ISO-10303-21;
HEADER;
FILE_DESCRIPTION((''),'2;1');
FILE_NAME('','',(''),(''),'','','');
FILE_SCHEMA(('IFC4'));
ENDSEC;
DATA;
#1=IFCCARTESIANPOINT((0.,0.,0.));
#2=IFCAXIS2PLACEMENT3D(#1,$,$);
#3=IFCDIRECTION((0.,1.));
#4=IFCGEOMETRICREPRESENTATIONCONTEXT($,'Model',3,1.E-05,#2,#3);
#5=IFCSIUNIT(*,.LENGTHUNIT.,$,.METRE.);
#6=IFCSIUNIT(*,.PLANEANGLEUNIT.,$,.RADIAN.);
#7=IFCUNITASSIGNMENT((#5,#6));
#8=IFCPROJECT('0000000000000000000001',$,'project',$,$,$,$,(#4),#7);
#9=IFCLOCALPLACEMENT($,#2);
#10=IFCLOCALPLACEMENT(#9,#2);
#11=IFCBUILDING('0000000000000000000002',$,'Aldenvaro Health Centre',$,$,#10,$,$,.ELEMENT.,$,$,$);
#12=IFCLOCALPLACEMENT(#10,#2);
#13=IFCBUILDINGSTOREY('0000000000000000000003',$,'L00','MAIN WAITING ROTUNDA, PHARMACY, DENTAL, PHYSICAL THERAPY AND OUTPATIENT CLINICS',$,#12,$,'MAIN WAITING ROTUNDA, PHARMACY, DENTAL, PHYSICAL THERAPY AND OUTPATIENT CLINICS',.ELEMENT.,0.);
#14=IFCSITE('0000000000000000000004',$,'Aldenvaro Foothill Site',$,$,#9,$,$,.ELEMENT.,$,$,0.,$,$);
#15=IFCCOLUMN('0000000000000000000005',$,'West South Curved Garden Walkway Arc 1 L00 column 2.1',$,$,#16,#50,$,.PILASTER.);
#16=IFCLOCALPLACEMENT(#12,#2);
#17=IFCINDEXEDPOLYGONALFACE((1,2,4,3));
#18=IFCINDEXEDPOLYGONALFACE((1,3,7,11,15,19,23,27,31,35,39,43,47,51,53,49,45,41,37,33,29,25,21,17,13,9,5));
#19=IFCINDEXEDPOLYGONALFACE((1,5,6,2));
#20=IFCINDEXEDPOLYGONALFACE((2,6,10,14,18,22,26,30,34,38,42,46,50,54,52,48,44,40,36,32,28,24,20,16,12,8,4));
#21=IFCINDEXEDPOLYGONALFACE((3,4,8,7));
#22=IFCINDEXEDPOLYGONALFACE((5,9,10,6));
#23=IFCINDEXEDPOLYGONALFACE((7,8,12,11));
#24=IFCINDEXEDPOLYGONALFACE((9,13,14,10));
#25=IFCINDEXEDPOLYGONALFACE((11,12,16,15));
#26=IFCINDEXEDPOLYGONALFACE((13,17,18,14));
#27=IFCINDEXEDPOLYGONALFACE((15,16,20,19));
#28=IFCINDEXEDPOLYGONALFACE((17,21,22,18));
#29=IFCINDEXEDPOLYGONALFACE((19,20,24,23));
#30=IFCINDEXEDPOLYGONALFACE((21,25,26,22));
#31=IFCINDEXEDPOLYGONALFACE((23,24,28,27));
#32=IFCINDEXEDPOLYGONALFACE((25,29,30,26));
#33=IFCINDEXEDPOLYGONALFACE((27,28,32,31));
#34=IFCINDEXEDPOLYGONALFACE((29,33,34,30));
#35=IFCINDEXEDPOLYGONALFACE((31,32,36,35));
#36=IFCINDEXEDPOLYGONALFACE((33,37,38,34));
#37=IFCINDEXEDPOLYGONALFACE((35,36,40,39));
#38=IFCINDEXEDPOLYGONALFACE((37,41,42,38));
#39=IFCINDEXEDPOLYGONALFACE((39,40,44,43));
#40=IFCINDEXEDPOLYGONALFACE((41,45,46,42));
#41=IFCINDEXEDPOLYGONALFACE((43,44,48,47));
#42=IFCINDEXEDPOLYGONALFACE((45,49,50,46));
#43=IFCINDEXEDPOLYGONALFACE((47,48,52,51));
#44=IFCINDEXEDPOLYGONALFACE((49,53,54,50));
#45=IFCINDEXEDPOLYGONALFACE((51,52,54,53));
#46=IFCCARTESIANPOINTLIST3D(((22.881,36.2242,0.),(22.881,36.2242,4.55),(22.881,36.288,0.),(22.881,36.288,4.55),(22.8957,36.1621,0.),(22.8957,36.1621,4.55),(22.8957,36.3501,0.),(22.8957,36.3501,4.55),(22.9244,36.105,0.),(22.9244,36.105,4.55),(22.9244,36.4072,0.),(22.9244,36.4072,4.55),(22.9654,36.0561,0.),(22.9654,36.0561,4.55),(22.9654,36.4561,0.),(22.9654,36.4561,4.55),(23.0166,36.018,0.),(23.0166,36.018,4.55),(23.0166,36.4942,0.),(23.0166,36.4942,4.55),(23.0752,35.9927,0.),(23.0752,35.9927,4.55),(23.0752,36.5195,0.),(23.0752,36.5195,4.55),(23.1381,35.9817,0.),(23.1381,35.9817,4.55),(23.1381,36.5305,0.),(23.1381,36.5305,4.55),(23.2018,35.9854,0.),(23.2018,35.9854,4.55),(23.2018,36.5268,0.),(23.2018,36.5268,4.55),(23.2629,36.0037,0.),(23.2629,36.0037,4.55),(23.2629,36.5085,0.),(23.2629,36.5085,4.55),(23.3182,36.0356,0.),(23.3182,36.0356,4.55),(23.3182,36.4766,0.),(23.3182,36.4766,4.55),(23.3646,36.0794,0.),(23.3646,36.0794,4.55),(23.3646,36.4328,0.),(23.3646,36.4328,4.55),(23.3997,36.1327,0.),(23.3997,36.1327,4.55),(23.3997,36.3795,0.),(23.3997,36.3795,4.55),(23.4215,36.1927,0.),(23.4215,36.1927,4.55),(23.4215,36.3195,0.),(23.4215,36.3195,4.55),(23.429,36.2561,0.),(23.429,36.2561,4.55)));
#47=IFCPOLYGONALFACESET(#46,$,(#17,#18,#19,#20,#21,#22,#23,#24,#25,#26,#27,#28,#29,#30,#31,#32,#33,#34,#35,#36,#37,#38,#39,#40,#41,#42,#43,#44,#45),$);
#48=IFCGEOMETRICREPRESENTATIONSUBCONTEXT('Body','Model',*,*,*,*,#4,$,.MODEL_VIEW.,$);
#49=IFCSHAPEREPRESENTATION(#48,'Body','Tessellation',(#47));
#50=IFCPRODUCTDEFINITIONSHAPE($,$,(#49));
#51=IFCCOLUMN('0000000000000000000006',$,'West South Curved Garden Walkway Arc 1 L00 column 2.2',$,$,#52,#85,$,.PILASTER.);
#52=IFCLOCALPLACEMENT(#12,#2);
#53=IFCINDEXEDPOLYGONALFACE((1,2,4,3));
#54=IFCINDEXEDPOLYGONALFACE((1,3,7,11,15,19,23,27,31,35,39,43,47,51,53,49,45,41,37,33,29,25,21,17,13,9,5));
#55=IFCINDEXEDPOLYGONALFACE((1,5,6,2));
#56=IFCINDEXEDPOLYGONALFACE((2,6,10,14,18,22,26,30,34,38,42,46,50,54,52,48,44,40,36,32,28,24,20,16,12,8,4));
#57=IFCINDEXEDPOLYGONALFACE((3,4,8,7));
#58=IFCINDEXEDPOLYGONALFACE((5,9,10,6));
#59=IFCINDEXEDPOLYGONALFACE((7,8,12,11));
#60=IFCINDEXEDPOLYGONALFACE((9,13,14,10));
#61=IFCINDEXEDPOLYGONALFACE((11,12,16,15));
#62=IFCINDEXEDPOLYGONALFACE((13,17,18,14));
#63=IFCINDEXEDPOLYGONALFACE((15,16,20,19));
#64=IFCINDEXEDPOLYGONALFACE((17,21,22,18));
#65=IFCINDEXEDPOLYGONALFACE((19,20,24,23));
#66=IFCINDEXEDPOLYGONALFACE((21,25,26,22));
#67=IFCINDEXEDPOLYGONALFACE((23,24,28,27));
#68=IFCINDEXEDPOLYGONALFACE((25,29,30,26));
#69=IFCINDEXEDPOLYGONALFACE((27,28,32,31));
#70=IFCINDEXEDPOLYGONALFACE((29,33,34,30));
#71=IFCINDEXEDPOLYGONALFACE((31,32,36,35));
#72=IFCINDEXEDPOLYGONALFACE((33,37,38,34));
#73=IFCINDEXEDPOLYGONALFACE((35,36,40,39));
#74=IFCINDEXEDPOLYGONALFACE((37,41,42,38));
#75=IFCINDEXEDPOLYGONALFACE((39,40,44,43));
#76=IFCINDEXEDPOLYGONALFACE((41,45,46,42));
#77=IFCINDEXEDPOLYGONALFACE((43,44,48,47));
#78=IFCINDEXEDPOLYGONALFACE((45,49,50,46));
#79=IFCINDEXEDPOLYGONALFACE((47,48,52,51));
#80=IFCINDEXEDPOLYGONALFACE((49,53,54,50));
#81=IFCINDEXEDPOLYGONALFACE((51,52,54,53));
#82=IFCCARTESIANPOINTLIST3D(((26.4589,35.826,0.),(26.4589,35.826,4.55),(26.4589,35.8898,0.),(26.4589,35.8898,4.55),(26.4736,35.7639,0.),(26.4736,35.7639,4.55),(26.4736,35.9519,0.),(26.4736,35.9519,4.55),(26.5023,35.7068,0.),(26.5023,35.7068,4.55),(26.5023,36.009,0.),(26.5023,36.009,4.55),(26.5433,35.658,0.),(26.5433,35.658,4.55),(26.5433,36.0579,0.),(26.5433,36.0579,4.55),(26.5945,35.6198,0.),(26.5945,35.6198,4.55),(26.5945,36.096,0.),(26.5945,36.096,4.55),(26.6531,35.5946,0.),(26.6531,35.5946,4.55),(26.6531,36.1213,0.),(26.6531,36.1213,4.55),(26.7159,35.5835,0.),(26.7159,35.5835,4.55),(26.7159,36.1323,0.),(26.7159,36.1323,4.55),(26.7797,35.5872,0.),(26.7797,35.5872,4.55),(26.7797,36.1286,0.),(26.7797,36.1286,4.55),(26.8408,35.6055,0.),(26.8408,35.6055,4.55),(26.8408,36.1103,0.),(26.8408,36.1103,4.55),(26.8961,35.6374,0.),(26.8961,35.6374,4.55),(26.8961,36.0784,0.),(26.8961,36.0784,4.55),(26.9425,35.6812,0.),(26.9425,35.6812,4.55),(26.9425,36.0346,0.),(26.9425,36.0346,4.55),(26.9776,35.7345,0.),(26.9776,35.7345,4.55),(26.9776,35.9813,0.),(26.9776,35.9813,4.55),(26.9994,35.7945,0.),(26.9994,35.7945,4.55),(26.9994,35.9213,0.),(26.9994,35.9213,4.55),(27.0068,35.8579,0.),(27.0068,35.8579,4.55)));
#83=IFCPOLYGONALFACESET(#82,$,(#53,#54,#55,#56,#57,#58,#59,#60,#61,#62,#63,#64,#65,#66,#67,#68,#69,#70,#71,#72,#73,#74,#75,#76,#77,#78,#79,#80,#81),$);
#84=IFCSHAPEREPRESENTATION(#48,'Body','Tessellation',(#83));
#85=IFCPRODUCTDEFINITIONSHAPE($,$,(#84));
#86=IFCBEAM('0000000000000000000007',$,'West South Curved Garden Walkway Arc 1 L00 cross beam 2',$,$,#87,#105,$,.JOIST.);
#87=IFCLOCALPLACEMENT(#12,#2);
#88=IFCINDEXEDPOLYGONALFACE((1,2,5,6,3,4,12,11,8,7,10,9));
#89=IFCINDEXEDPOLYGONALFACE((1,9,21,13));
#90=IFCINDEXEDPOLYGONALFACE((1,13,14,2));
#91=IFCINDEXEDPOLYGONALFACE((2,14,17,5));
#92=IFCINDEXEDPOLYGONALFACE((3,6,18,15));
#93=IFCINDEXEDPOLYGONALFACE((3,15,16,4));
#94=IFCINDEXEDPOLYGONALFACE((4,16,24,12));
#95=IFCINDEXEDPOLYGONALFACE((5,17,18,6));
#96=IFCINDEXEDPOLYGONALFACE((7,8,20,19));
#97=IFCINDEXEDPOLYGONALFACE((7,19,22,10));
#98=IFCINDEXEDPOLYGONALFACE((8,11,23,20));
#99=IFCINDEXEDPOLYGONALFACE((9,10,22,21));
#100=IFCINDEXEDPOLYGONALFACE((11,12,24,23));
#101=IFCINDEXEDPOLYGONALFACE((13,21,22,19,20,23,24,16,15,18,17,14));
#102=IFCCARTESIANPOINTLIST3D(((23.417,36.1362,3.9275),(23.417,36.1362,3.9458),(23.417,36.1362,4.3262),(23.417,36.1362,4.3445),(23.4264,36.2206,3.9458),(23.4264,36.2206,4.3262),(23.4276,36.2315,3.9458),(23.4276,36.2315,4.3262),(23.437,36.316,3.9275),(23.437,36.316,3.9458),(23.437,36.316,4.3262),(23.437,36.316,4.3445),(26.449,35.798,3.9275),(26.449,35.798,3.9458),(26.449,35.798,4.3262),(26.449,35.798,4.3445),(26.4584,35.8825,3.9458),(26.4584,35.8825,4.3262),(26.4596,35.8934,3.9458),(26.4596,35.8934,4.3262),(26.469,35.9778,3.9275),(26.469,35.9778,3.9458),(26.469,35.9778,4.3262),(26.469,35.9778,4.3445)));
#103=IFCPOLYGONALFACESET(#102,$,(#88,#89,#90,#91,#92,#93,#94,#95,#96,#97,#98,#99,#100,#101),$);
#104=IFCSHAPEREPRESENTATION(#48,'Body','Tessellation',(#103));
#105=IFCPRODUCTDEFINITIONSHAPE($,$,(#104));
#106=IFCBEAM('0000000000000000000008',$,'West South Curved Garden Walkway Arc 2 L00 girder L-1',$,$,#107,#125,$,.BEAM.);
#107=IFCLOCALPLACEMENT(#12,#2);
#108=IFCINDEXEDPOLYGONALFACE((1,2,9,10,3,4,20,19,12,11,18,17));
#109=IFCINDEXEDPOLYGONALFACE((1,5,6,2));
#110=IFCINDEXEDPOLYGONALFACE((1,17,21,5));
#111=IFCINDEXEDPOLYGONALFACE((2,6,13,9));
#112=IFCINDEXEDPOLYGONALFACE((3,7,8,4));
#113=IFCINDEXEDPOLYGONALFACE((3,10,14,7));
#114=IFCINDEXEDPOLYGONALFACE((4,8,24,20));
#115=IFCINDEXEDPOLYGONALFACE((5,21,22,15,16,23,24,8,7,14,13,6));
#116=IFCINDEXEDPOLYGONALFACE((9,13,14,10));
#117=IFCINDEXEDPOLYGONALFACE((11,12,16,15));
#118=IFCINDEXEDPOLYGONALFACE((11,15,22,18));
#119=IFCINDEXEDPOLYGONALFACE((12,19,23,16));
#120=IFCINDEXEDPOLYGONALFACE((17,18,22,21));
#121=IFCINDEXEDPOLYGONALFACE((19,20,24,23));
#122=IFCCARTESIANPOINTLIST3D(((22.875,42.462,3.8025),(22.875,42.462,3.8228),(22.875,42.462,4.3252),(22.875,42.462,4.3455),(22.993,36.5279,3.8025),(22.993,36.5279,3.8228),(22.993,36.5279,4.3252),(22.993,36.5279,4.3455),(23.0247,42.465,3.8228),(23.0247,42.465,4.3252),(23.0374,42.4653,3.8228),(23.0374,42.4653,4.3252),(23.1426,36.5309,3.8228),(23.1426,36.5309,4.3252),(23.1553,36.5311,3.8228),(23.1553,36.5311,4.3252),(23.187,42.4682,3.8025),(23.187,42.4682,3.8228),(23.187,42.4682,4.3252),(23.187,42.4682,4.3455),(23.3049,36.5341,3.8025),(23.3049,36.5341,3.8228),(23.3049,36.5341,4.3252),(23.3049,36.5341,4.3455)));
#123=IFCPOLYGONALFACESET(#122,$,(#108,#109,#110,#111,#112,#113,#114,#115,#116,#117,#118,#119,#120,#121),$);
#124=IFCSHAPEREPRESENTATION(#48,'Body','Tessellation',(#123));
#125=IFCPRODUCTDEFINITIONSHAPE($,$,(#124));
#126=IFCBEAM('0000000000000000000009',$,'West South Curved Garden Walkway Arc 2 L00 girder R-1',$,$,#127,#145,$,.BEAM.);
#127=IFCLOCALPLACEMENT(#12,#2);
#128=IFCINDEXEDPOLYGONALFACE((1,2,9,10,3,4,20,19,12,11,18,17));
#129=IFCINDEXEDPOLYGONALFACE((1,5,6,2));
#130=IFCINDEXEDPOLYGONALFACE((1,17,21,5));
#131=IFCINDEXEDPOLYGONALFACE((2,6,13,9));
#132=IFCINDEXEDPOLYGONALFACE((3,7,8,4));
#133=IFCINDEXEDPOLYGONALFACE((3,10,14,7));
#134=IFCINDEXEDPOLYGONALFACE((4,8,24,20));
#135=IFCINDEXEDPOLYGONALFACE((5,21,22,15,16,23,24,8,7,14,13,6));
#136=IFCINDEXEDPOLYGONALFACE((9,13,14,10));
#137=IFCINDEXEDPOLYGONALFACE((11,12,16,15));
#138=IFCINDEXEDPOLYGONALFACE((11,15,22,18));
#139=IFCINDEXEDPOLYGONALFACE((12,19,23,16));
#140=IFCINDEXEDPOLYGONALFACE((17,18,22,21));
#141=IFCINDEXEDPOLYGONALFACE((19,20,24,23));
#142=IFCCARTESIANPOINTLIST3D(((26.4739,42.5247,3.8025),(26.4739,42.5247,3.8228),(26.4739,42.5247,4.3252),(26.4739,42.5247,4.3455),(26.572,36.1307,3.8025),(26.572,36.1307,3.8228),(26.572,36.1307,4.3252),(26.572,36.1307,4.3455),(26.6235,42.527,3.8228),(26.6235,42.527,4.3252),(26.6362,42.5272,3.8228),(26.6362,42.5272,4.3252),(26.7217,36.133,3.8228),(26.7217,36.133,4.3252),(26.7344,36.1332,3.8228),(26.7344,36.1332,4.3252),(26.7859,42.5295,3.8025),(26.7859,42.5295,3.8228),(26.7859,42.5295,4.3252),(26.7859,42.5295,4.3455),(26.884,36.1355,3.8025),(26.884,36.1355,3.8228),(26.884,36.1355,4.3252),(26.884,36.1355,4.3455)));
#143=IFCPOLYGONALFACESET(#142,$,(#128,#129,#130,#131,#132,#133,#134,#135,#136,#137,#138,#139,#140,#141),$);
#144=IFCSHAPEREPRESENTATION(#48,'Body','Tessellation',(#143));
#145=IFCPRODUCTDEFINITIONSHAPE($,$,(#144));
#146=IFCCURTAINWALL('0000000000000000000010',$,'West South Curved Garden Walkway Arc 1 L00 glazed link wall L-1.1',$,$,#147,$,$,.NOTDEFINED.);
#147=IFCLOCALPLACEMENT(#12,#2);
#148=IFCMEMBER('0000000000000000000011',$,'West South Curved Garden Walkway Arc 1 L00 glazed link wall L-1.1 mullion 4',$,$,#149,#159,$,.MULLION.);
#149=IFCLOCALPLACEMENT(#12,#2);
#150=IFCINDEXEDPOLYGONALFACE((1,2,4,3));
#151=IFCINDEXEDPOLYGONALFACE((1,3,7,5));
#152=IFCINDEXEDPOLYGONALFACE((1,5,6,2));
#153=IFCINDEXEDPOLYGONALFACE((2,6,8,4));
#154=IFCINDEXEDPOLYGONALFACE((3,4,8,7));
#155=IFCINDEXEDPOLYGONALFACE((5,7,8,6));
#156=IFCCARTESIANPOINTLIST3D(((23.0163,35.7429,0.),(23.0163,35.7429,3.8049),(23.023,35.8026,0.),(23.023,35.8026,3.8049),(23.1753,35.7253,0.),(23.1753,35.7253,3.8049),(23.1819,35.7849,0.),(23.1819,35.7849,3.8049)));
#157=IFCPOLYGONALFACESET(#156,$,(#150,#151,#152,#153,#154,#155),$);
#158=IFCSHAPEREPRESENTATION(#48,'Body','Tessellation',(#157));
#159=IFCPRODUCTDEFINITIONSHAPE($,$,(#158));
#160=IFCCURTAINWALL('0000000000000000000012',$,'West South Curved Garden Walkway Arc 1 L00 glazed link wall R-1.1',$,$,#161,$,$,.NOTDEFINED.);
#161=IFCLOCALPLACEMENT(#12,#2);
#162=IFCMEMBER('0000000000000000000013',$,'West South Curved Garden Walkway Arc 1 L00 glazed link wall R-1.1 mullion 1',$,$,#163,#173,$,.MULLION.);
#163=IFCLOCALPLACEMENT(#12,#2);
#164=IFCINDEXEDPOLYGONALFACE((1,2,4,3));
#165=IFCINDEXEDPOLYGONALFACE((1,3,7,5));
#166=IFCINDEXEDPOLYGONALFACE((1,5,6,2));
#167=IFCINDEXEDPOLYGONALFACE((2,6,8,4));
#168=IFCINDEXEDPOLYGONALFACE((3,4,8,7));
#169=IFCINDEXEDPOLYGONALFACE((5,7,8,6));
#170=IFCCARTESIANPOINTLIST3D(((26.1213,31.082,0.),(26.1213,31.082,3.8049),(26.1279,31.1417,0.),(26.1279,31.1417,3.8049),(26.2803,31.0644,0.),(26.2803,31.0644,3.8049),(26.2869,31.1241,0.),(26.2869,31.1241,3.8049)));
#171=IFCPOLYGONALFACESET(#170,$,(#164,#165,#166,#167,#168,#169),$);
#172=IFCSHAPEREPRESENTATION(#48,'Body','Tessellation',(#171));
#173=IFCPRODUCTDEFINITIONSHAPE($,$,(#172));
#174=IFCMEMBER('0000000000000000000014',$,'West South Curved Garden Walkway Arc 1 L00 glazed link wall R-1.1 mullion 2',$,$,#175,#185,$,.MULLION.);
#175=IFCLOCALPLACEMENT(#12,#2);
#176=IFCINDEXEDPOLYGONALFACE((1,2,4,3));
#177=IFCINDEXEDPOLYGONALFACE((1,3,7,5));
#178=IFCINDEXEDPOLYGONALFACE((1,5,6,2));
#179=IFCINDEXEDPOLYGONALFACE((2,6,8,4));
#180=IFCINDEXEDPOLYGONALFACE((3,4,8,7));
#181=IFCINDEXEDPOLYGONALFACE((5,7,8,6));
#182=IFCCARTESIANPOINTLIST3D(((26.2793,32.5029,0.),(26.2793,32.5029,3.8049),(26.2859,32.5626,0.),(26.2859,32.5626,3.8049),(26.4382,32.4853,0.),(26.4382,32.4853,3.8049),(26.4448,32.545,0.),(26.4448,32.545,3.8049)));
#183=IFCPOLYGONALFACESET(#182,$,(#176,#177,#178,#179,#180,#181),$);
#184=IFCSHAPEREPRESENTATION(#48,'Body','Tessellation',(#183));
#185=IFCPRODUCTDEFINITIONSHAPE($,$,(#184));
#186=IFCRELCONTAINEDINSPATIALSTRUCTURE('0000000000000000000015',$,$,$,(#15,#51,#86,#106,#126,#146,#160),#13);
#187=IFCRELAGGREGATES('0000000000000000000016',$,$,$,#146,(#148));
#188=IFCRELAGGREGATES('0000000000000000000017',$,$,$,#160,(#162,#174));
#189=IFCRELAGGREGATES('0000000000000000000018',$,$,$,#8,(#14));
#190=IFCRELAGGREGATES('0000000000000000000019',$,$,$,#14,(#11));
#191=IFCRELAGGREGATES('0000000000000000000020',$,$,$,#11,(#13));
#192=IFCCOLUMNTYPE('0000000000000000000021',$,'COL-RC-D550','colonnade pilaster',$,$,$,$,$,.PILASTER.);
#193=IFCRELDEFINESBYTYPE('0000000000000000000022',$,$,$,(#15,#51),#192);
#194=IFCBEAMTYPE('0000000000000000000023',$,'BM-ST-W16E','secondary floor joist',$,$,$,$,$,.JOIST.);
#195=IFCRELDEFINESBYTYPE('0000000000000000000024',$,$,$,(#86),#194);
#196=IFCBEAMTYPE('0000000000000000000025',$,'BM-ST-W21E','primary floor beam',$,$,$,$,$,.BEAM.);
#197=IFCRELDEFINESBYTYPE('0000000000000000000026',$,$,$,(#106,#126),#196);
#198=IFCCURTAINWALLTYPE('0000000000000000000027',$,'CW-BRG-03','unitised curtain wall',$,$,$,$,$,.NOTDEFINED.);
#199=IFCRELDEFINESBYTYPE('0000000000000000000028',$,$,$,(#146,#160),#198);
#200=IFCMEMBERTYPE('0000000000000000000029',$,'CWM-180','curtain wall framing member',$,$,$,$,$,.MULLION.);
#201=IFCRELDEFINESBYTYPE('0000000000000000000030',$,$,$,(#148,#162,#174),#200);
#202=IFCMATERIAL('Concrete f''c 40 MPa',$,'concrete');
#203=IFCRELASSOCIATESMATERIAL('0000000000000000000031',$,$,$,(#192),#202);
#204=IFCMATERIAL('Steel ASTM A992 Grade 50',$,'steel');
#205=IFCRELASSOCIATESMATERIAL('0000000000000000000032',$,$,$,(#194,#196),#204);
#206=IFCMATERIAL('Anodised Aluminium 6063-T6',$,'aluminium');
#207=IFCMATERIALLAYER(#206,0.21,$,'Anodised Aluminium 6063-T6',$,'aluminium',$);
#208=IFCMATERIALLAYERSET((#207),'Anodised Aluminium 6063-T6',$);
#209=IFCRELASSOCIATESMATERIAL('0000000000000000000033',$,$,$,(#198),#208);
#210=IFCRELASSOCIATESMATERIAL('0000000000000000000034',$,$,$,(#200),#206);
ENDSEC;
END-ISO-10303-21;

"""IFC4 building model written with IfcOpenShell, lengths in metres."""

from ifc_helpers import new_model, si_unit, direction, frame, origin, origin_2d, place, context, subcontext, project, spatial, rectangle, circle, i_section, extrude, material, layer, layer_set, material_profile, profile_set, type_object, element, aggregate, save


model = new_model("IFC4")

# Units and contexts
model_context = context("Model", 3, precision=1e-05, world=origin(), true_north=direction((0.0, 1.0)))
body_context = subcontext(model_context, "Body", "Model", "MODEL_VIEW")
ifc_project = project(units=[si_unit("LENGTHUNIT", "METRE"), si_unit("PLANEANGLEUNIT", "RADIAN")], contexts=[model_context])

# Site, building, storey
site_placement = place(None, origin())
site = spatial("IfcSite", under=ifc_project, at=site_placement, Name="Aldenvaro Foothill Site", CompositionType="ELEMENT", RefElevation=0.0)
building_placement = place(site_placement, origin())
building = spatial("IfcBuilding", under=site, at=building_placement, Name="Aldenvaro Health Centre", CompositionType="ELEMENT")
storey_placement = place(building_placement, origin())
storey = spatial("IfcBuildingStorey", under=building, at=storey_placement, Name="L00", Description="MAIN WAITING ROTUNDA, PHARMACY, DENTAL, PHYSICAL THERAPY AND OUTPATIENT CLINICS", LongName="MAIN WAITING ROTUNDA, PHARMACY, DENTAL, PHYSICAL THERAPY AND OUTPATIENT CLINICS", CompositionType="ELEMENT", Elevation=0.0)

# Columns
ifc_material_1 = material(Name="Concrete f'c 40 MPa", Category="concrete")
ifc_material_profile_1 = material_profile(ifc_material_1, circle(Radius=0.2749, at=origin_2d()), Name="RC D550", Category="concrete")
ifc_profile_set_1 = profile_set([ifc_material_profile_1], Name="Concrete f'c 40 MPa")
column_type = type_object("IfcColumnType", Name="COL-RC-D550", Description="colonnade pilaster", PredefinedType="PILASTER", material=ifc_profile_set_1)
for number, where, z_axis, x_axis, name in (
    (1, (23.1541, 36.2561, 0.0), (0.0, 0.0, 1.0), (1.0, 0.0, 0.0), "West South Curved Garden Walkway Arc 1 L00 column 2.1"),
    (2, (26.7319, 35.8579, 0.0), (0.0, 0.0, 1.0), (1.0, 0.0, 0.0), "West South Curved Garden Walkway Arc 1 L00 column 2.2"),
):
    element("IfcColumn", number, at=place(storey_placement, frame(where, z_axis=z_axis, x_axis=x_axis)), inside=storey, type_object=column_type, Name=name, PredefinedType="PILASTER", context=body_context, shape_type="SweptSolid", body=[
        extrude(circle(Radius=0.2749, at=origin_2d()), origin(), (0.0, 0.0, 1.0), 4.55),
    ])

# Beams
ifc_material_2 = material(Name="Steel ASTM A992 Grade 50", Category="steel")
ifc_material_profile_2 = material_profile(ifc_material_2, i_section(OverallWidth=0.1809, OverallDepth=0.417, WebThickness=0.011, FlangeThickness=0.0183, at=origin_2d()), Name="W16X57", Category="steel")
ifc_profile_set_2 = profile_set([ifc_material_profile_2], Name="Steel ASTM A992 Grade 50")
beam_type_1 = type_object("IfcBeamType", Name="BM-ST-W16E", Description="secondary floor joist", PredefinedType="JOIST", material=ifc_profile_set_2)
beam_1_placement = place(storey_placement, frame((23.427, 36.2261, 4.136), z_axis=(0.993839, -0.110836, 0.0), x_axis=(0.110836, 0.993839, 0.0)))
element("IfcBeam", 3, at=beam_1_placement, inside=storey, type_object=beam_type_1, Name="West South Curved Garden Walkway Arc 1 L00 cross beam 2", PredefinedType="JOIST", context=body_context, shape_type="SweptSolid", body=[
    extrude(i_section(OverallWidth=0.1809, OverallDepth=0.417, WebThickness=0.011, FlangeThickness=0.0183, at=origin_2d()), origin(), (0.0, 0.0, 1.0), 3.0508),
])
ifc_material_profile_3 = material_profile(ifc_material_2, i_section(OverallWidth=0.312, OverallDepth=0.543, WebThickness=0.0127, FlangeThickness=0.0203, at=origin_2d()), Name="W21X101", Category="steel")
ifc_profile_set_3 = profile_set([ifc_material_profile_3], Name="Steel ASTM A992 Grade 50")
beam_type_2 = type_object("IfcBeamType", Name="BM-ST-W21E", Description="primary floor beam", PredefinedType="BEAM", material=ifc_profile_set_3)
beam_2_placement = place(storey_placement, frame((23.1489, 36.531, 4.074), z_axis=(-0.019868, 0.999803, 0.0), x_axis=(-0.999803, -0.019868, 0.0)))
element("IfcBeam", 4, at=beam_2_placement, inside=storey, type_object=beam_type_2, Name="West South Curved Garden Walkway Arc 2 L00 girder L-1", PredefinedType="BEAM", context=body_context, shape_type="SweptSolid", body=[
    extrude(i_section(OverallWidth=0.312, OverallDepth=0.543, WebThickness=0.0127, FlangeThickness=0.0203, at=origin_2d()), origin(), (0.0, 0.0, 1.0), 5.9353),
])
beam_3_placement = place(storey_placement, frame((26.728, 36.1331, 4.074), z_axis=(-0.015348, 0.999882, 0.0), x_axis=(-0.999882, -0.015348, 0.0)))
element("IfcBeam", 5, at=beam_3_placement, inside=storey, type_object=beam_type_2, Name="West South Curved Garden Walkway Arc 2 L00 girder R-1", PredefinedType="BEAM", context=body_context, shape_type="SweptSolid", body=[
    extrude(i_section(OverallWidth=0.312, OverallDepth=0.543, WebThickness=0.0127, FlangeThickness=0.0203, at=origin_2d()), origin(), (0.0, 0.0, 1.0), 6.3948),
])

# Curtain wall, member
ifc_material_3 = material(Name="Anodised Aluminium 6063-T6", Category="aluminium")
ifc_layer_1 = layer(ifc_material_3, 0.21, Name="Anodised Aluminium 6063-T6", Category="aluminium")
ifc_layer_set_1 = layer_set([ifc_layer_1], Name="Anodised Aluminium 6063-T6")
curtain_wall_type = type_object("IfcCurtainWallType", Name="CW-BRG-03", Description="unitised curtain wall", PredefinedType="NOTDEFINED", material=ifc_layer_set_1)
curtain_wall_1_placement = place(storey_placement, origin())
curtain_wall_1 = element("IfcCurtainWall", 6, at=curtain_wall_1_placement, inside=storey, type_object=curtain_wall_type, Name="West South Curved Garden Walkway Arc 1 L00 glazed link wall L-1.1", PredefinedType="NOTDEFINED")
ifc_material_profile_4 = material_profile(ifc_material_3, rectangle(XDim=0.0601, YDim=0.1599, at=origin_2d()), Name="ALU 60x160", Category="aluminium")
ifc_profile_set_4 = profile_set([ifc_material_profile_4], Name="Anodised Aluminium 6063-T6")
member_type_1 = type_object("IfcMemberType", Name="CWM-180", Description="curtain wall framing member", PredefinedType="MULLION", material=ifc_profile_set_4)
member_1_placement = place(storey_placement, frame((23.0991, 35.7639, 0.0), z_axis=(0.0, 0.0, 1.0), x_axis=(0.110252, 0.993904, 0.0)))
member_1 = element("IfcMember", 7, at=member_1_placement, type_object=member_type_1, Name="West South Curved Garden Walkway Arc 1 L00 glazed link wall L-1.1 mullion 4", PredefinedType="MULLION", context=body_context, shape_type="SweptSolid", body=[
    extrude(rectangle(XDim=0.0601, YDim=0.1599, at=origin_2d()), origin(), (0.0, 0.0, 1.0), 3.8049),
])

# Curtain wall, members
curtain_wall_2_placement = place(storey_placement, origin())
curtain_wall_2 = element("IfcCurtainWall", 8, at=curtain_wall_2_placement, inside=storey, type_object=curtain_wall_type, Name="West South Curved Garden Walkway Arc 1 L00 glazed link wall R-1.1", PredefinedType="NOTDEFINED")
member_2_placement = place(storey_placement, frame((26.2041, 31.103, 0.0), z_axis=(0.0, 0.0, 1.0), x_axis=(0.110278, 0.993901, 0.0)))
member_2 = element("IfcMember", 9, at=member_2_placement, type_object=member_type_1, Name="West South Curved Garden Walkway Arc 1 L00 glazed link wall R-1.1 mullion 1", PredefinedType="MULLION", context=body_context, shape_type="SweptSolid", body=[
    extrude(rectangle(XDim=0.0601, YDim=0.1599, at=origin_2d()), origin(), (0.0, 0.0, 1.0), 3.8049),
])
member_3_placement = place(storey_placement, frame((26.3621, 32.5239, 0.0), z_axis=(0.0, 0.0, 1.0), x_axis=(0.110278, 0.993901, 0.0)))
member_3 = element("IfcMember", 10, at=member_3_placement, type_object=member_type_1, Name="West South Curved Garden Walkway Arc 1 L00 glazed link wall R-1.1 mullion 2", PredefinedType="MULLION", context=body_context, shape_type="SweptSolid", body=[
    extrude(rectangle(XDim=0.0601, YDim=0.1599, at=origin_2d()), origin(), (0.0, 0.0, 1.0), 3.8049),
])

aggregate(curtain_wall_1, [member_1])
aggregate(curtain_wall_2, [member_2, member_3])

save(model, "model.ifc")
